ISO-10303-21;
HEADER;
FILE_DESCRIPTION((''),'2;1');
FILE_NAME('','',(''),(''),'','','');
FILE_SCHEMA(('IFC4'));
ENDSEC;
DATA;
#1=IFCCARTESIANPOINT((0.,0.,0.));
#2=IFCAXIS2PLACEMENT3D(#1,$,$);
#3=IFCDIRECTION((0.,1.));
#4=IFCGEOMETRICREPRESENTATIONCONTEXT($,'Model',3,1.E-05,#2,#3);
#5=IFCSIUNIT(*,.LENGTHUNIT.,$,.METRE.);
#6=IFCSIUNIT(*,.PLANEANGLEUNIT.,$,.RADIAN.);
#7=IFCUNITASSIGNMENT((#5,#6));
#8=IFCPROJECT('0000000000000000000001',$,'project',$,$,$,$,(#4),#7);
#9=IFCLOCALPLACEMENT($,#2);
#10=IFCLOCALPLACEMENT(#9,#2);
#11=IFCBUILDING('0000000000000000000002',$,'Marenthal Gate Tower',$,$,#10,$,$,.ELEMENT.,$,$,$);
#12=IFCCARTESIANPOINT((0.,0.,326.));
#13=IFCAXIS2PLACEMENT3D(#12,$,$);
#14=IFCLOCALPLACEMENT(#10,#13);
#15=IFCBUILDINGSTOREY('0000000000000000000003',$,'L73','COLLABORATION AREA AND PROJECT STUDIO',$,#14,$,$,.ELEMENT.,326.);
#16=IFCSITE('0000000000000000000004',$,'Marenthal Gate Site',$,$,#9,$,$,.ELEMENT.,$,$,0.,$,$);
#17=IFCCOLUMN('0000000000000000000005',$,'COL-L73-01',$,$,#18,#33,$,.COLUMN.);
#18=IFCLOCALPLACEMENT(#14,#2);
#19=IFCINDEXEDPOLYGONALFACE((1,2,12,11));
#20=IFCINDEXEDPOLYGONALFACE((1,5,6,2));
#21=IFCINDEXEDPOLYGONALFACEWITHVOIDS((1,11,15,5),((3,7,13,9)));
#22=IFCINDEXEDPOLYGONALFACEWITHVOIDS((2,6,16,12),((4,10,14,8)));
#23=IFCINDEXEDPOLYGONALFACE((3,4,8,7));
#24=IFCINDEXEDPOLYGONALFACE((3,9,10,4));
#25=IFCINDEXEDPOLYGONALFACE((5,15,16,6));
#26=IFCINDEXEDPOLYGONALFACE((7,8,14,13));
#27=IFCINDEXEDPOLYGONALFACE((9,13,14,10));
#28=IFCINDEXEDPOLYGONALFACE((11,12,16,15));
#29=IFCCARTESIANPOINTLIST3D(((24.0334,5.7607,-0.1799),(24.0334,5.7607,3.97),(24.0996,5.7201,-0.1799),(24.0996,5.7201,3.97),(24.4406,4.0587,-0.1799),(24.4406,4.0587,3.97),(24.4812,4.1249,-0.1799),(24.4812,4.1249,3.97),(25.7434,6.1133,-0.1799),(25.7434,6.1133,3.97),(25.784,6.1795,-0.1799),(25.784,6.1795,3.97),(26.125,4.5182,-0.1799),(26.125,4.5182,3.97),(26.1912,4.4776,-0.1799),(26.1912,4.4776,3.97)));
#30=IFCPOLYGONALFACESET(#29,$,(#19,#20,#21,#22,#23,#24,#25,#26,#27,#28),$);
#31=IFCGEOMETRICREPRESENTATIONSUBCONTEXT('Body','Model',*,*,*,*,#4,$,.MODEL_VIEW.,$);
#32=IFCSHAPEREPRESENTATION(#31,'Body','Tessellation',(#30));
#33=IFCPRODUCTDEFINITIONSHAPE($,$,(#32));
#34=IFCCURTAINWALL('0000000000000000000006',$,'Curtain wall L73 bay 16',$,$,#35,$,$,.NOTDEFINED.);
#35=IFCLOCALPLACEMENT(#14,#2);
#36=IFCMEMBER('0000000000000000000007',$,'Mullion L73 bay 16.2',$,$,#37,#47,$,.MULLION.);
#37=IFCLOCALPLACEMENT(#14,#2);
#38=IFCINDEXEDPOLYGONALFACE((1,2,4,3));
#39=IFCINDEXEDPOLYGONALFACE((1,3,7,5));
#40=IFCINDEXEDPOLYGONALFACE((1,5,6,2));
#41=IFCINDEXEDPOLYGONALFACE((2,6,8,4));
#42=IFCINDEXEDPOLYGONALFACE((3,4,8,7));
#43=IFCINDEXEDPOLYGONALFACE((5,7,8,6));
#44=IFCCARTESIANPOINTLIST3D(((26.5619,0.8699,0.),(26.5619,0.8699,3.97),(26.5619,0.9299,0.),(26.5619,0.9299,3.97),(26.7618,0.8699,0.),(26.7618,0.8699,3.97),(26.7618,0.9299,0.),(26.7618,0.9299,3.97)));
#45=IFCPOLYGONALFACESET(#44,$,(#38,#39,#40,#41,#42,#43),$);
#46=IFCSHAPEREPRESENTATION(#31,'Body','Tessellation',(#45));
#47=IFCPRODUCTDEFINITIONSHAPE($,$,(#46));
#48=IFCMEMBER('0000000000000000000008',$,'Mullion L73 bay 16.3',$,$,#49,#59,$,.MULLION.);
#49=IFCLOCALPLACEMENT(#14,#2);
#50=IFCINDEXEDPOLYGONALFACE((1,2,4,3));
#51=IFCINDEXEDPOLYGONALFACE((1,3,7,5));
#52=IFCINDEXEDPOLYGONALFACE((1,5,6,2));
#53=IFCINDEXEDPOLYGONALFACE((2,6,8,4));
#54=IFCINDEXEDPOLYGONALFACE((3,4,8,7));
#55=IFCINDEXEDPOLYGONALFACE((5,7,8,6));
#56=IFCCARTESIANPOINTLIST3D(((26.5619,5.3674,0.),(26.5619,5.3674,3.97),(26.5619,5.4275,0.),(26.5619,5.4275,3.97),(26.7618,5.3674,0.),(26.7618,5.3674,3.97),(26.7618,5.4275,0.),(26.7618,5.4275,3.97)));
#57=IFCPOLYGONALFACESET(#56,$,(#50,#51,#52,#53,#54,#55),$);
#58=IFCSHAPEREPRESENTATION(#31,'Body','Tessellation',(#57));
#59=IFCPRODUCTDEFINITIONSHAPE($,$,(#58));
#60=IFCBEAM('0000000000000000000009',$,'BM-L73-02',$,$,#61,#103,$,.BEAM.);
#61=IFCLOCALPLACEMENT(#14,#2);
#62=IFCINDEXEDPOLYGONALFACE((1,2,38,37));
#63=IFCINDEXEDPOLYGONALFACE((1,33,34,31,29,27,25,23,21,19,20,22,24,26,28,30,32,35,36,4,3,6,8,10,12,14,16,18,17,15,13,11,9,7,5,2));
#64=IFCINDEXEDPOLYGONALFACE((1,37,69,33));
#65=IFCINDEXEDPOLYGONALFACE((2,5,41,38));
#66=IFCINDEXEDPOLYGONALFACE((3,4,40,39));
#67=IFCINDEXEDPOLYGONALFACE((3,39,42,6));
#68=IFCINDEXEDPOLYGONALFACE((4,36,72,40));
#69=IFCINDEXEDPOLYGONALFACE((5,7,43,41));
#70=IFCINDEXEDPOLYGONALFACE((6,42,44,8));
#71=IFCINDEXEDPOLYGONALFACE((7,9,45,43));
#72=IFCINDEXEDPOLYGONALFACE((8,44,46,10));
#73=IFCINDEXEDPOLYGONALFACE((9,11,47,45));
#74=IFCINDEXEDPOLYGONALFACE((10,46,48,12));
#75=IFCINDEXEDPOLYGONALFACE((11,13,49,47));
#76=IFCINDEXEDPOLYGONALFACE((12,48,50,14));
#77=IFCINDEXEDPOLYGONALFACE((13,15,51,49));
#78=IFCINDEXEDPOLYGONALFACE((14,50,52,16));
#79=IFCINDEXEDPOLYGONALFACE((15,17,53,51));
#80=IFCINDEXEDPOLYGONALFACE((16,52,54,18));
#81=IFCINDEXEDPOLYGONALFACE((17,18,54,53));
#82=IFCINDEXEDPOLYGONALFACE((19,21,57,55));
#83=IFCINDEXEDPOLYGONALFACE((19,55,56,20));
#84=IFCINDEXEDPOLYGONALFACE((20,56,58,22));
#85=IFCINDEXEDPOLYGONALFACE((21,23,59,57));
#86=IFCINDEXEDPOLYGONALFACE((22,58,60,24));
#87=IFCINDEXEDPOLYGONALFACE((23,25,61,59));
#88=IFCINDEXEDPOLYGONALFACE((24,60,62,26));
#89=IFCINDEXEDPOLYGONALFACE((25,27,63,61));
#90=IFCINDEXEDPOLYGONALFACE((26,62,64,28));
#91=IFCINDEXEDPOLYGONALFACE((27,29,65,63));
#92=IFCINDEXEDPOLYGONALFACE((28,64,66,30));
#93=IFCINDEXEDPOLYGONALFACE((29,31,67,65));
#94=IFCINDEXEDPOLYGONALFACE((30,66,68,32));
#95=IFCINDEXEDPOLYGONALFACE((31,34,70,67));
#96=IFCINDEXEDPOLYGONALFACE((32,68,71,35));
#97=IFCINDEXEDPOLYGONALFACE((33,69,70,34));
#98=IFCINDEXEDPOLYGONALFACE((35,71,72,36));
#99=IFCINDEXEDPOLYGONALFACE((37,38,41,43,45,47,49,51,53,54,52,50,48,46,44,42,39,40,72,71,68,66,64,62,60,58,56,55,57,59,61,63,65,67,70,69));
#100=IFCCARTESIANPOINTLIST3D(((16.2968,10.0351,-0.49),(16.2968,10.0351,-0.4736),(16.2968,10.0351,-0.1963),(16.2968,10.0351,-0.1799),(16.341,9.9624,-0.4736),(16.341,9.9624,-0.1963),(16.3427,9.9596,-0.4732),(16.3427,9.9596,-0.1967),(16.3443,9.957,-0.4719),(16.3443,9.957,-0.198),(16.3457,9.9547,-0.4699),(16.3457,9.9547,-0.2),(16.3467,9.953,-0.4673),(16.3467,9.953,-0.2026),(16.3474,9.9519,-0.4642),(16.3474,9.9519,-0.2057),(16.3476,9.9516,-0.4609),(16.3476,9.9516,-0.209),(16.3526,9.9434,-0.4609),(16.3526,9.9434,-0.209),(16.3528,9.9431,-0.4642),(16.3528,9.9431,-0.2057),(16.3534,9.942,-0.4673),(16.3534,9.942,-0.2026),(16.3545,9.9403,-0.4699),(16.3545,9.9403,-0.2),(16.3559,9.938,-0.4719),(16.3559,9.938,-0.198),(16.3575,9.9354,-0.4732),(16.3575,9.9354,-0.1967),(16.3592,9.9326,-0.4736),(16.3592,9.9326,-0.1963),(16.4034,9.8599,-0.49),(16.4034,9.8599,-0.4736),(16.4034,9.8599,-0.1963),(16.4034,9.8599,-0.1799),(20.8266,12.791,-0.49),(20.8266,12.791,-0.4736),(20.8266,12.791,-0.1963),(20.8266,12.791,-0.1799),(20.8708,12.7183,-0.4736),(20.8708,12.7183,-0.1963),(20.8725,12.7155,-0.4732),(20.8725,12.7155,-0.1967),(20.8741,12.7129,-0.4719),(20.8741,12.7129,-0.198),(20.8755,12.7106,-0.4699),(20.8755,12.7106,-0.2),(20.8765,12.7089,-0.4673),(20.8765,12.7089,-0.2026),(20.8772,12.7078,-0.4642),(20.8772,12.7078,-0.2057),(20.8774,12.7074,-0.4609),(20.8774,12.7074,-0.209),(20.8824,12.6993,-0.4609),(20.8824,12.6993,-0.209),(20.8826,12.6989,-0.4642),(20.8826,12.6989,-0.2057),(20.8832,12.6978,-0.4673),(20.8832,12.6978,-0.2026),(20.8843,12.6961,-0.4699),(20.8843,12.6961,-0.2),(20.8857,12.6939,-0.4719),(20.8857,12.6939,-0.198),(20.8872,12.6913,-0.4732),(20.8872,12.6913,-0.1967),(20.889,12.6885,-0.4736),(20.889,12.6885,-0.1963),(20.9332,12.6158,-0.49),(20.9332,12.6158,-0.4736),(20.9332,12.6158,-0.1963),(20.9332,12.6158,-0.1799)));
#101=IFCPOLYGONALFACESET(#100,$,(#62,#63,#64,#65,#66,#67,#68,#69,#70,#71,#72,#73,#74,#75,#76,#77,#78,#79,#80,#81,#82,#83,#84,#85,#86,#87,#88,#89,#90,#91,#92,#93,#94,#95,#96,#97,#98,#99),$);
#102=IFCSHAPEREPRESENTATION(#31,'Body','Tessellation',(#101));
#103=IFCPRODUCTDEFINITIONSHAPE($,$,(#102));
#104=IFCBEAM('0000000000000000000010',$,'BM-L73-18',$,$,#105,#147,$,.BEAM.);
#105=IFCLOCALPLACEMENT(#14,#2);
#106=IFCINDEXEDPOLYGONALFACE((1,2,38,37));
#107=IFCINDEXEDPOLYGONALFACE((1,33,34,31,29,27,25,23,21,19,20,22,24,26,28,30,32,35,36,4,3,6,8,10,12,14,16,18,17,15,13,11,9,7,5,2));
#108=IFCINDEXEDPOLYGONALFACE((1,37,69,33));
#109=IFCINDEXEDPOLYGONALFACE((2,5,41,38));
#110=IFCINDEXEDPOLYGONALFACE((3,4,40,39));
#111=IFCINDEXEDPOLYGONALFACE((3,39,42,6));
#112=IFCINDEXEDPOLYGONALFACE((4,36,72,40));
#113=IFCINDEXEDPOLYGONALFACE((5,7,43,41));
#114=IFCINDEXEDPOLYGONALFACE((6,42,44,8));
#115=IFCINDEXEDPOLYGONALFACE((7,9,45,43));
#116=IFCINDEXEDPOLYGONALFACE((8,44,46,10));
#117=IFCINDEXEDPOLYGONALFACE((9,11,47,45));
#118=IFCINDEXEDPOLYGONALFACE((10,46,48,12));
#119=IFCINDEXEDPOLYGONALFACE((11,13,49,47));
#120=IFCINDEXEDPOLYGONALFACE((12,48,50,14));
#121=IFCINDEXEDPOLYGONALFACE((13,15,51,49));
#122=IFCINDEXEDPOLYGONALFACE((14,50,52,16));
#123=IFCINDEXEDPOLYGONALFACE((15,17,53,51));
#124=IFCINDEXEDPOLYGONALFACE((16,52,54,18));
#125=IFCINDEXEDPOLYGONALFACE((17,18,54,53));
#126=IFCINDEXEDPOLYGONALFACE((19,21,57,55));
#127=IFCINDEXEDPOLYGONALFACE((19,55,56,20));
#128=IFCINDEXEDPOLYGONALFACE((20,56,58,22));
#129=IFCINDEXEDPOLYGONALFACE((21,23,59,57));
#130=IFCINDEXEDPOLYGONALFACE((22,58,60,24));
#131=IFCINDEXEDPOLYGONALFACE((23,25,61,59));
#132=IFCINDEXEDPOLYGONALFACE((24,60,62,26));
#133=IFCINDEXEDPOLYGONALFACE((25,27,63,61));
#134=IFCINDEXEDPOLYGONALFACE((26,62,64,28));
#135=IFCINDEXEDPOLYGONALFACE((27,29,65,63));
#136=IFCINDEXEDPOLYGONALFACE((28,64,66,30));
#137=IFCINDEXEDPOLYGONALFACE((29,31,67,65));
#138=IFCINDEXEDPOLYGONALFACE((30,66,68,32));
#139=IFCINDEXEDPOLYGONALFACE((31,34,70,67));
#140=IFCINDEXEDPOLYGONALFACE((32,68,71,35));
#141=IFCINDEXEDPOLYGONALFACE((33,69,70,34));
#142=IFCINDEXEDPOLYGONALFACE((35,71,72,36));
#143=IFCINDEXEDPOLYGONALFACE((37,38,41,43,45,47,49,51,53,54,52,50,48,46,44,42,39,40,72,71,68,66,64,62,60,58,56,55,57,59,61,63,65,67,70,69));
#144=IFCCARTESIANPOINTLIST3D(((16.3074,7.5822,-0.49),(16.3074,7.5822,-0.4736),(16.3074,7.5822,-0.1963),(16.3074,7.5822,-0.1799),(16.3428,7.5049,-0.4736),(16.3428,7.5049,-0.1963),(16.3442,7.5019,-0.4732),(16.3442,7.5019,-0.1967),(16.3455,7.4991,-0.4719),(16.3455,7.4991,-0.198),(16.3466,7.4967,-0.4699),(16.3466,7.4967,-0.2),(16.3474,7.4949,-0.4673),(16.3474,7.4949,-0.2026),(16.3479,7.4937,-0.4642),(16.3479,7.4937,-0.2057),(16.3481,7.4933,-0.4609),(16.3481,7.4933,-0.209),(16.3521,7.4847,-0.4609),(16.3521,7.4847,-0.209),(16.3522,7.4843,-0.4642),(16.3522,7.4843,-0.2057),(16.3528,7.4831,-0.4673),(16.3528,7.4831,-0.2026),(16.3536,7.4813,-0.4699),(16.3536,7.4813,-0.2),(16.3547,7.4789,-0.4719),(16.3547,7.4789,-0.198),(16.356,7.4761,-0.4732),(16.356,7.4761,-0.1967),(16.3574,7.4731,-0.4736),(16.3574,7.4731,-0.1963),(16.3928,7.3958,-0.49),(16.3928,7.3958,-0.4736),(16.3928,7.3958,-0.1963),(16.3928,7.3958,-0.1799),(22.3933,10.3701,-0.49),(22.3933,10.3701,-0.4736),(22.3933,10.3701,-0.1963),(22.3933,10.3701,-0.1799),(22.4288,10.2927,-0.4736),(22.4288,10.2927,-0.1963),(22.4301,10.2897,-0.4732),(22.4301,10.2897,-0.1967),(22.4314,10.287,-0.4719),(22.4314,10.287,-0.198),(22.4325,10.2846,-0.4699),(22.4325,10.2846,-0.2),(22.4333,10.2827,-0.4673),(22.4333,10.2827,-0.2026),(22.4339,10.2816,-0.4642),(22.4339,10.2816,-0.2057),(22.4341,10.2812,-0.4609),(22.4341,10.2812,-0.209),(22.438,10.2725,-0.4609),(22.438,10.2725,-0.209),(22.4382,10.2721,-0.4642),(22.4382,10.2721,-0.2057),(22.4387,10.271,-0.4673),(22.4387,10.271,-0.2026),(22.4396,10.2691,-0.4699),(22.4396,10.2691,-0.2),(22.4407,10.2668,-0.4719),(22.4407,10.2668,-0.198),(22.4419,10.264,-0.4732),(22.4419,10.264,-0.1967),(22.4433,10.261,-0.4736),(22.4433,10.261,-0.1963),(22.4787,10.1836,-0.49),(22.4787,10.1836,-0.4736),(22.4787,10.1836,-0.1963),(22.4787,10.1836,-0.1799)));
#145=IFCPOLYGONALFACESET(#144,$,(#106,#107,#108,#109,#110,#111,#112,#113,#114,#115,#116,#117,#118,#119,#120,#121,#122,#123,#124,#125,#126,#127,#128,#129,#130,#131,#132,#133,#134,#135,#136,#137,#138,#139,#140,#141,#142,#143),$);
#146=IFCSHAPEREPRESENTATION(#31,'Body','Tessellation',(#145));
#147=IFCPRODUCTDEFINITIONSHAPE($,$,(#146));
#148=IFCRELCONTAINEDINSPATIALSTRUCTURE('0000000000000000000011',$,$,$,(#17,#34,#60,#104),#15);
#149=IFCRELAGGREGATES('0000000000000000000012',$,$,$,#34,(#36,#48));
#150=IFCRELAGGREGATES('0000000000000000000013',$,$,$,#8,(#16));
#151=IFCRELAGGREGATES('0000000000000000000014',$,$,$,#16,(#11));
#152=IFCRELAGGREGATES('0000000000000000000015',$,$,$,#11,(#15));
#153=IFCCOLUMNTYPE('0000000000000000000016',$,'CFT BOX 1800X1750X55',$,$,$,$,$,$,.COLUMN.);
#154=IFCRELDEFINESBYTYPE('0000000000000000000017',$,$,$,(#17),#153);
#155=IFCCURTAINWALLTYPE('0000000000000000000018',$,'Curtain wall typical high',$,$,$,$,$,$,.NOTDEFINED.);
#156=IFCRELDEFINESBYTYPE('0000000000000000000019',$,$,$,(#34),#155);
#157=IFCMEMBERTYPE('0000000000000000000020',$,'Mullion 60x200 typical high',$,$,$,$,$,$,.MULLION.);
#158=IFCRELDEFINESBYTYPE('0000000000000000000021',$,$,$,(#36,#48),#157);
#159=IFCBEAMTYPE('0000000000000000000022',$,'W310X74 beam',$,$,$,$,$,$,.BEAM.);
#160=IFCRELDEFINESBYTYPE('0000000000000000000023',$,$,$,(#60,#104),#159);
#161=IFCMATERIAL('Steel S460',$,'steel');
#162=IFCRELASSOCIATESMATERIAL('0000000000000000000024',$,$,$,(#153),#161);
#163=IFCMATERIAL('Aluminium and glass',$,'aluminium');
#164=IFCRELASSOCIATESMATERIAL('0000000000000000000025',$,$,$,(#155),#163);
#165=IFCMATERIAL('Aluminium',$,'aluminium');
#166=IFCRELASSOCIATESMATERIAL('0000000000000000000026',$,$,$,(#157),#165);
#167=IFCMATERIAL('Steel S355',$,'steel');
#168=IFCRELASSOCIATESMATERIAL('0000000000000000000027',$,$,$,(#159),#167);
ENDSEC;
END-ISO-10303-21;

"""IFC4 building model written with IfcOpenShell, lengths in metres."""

from ifc_helpers import new_model, si_unit, direction, frame, origin, origin_2d, place, context, subcontext, project, spatial, rectangle, hollow_rectangle, i_section, extrude, material, material_profile, profile_set, type_object, element, aggregate, save


model = new_model("IFC4")

# Units and contexts
model_context = context("Model", 3, precision=1e-05, world=origin(), true_north=direction((0.0, 1.0)))
body_context = subcontext(model_context, "Body", "Model", "MODEL_VIEW")
ifc_project = project(units=[si_unit("LENGTHUNIT", "METRE"), si_unit("PLANEANGLEUNIT", "RADIAN")], contexts=[model_context])

# Site, building, storey
site_placement = place(None, origin())
site = spatial("IfcSite", under=ifc_project, at=site_placement, Name="Marenthal Gate Site", CompositionType="ELEMENT", RefElevation=0.0)
building_placement = place(site_placement, origin())
building = spatial("IfcBuilding", under=site, at=building_placement, Name="Marenthal Gate Tower", CompositionType="ELEMENT")
storey_placement = place(building_placement, frame((0.0, 0.0, 326.0)))
storey = spatial("IfcBuildingStorey", under=building, at=storey_placement, Name="L73", Description="COLLABORATION AREA AND PROJECT STUDIO", CompositionType="ELEMENT", Elevation=326.0)

# Column
ifc_material_1 = material(Name="Steel S460", Category="steel")
ifc_material_profile_1 = material_profile(ifc_material_1, hollow_rectangle(XDim=1.75, YDim=1.8, WallThickness=0.0549, at=origin_2d()), Name="CFT BOX 1800X1750X55")
ifc_material_2 = material(Name="Concrete 70 MPa", Category="concrete")
ifc_material_profile_2 = material_profile(ifc_material_2, rectangle(XDim=1.6399, YDim=1.6899, at=origin_2d()), Name="CFT BOX 1800X1750X55 INFILL")
ifc_profile_set_1 = profile_set([ifc_material_profile_1, ifc_material_profile_2], Name="Steel S460 shell, Concrete 70 MPa infill")
column_type = type_object("IfcColumnType", Name="CFT BOX 1800X1750X55", PredefinedType="COLUMN", material=ifc_profile_set_1)
column_placement = place(storey_placement, frame((25.1123, 5.1191, -0.1799), z_axis=(0.0, 0.0, 1.0), x_axis=(0.232677, -0.972554, 0.0)))
element("IfcColumn", 1, at=column_placement, inside=storey, type_object=column_type, Name="COL-L73-01", PredefinedType="COLUMN", context=body_context, shape_type="SweptSolid", body=[
    extrude(hollow_rectangle(XDim=1.75, YDim=1.8, WallThickness=0.0549, at=origin_2d()), origin(), (0.0, 0.0, 1.0), 4.1499),
])

# Curtain wall, members
ifc_material_3 = material(Name="Aluminium and glass", Category="aluminium")
curtain_wall_type = type_object("IfcCurtainWallType", Name="Curtain wall typical high", PredefinedType="NOTDEFINED", material=ifc_material_3)
curtain_wall_placement = place(storey_placement, origin())
curtain_wall = element("IfcCurtainWall", 2, at=curtain_wall_placement, inside=storey, type_object=curtain_wall_type, Name="Curtain wall L73 bay 16", PredefinedType="NOTDEFINED")
ifc_material_4 = material(Name="Aluminium", Category="aluminium")
ifc_material_profile_3 = material_profile(ifc_material_4, rectangle(XDim=0.2, YDim=0.0601, at=origin_2d()), Name="60x200 aluminium mullion")
ifc_profile_set_2 = profile_set([ifc_material_profile_3], Name="Aluminium")
member_type = type_object("IfcMemberType", Name="Mullion 60x200 typical high", PredefinedType="MULLION", material=ifc_profile_set_2)
member_1_placement = place(storey_placement, frame((26.6619, 0.8999, 0.0), z_axis=(0.0, 0.0, 1.0), x_axis=(-1.0, 0.0, 0.0)))
member_1 = element("IfcMember", 3, at=member_1_placement, type_object=member_type, Name="Mullion L73 bay 16.2", PredefinedType="MULLION", context=body_context, shape_type="SweptSolid", body=[
    extrude(rectangle(XDim=0.2, YDim=0.0601, at=origin_2d()), origin(), (0.0, 0.0, 1.0), 3.97),
])
member_2_placement = place(storey_placement, frame((26.6619, 5.3975, 0.0), z_axis=(0.0, 0.0, 1.0), x_axis=(-1.0, 0.0, 0.0)))
member_2 = element("IfcMember", 4, at=member_2_placement, type_object=member_type, Name="Mullion L73 bay 16.3", PredefinedType="MULLION", context=body_context, shape_type="SweptSolid", body=[
    extrude(rectangle(XDim=0.2, YDim=0.0601, at=origin_2d()), origin(), (0.0, 0.0, 1.0), 3.97),
])

# Beams
ifc_material_5 = material(Name="Steel S355", Category="steel")
ifc_material_profile_4 = material_profile(ifc_material_5, i_section(OverallWidth=0.2051, OverallDepth=0.3101, WebThickness=0.0095, FlangeThickness=0.0164, FilletRadius=0.0127, at=origin_2d()), Name="W310X74")
ifc_profile_set_3 = profile_set([ifc_material_profile_4], Name="Steel S355")
beam_type_1 = type_object("IfcBeamType", Name="W310X74 beam", PredefinedType="BEAM", material=ifc_profile_set_3)
beam_1_placement = place(storey_placement, frame((20.8799, 12.7034, -0.335), z_axis=(-0.854316, -0.519754, 0.0), x_axis=(0.519754, -0.854316, 0.0)))
element("IfcBeam", 5, at=beam_1_placement, inside=storey, type_object=beam_type_1, Name="BM-L73-02", PredefinedType="BEAM", context=body_context, shape_type="SweptSolid", body=[
    extrude(i_section(OverallWidth=0.2051, OverallDepth=0.3101, WebThickness=0.0095, FlangeThickness=0.0164, FilletRadius=0.0127, at=origin_2d()), origin(), (0.0, 0.0, 1.0), 5.3022),
])
beam_2_placement = place(storey_placement, frame((22.436, 10.2769, -0.335), z_axis=(-0.909152, -0.416464, 0.0), x_axis=(0.416464, -0.909152, 0.0)))
element("IfcBeam", 6, at=beam_2_placement, inside=storey, type_object=beam_type_1, Name="BM-L73-18", PredefinedType="BEAM", context=body_context, shape_type="SweptSolid", body=[
    extrude(i_section(OverallWidth=0.2051, OverallDepth=0.3101, WebThickness=0.0095, FlangeThickness=0.0164, FilletRadius=0.0127, at=origin_2d()), origin(), (0.0, 0.0, 1.0), 6.6941),
])

aggregate(curtain_wall, [member_1, member_2])

save(model, "model.ifc")
